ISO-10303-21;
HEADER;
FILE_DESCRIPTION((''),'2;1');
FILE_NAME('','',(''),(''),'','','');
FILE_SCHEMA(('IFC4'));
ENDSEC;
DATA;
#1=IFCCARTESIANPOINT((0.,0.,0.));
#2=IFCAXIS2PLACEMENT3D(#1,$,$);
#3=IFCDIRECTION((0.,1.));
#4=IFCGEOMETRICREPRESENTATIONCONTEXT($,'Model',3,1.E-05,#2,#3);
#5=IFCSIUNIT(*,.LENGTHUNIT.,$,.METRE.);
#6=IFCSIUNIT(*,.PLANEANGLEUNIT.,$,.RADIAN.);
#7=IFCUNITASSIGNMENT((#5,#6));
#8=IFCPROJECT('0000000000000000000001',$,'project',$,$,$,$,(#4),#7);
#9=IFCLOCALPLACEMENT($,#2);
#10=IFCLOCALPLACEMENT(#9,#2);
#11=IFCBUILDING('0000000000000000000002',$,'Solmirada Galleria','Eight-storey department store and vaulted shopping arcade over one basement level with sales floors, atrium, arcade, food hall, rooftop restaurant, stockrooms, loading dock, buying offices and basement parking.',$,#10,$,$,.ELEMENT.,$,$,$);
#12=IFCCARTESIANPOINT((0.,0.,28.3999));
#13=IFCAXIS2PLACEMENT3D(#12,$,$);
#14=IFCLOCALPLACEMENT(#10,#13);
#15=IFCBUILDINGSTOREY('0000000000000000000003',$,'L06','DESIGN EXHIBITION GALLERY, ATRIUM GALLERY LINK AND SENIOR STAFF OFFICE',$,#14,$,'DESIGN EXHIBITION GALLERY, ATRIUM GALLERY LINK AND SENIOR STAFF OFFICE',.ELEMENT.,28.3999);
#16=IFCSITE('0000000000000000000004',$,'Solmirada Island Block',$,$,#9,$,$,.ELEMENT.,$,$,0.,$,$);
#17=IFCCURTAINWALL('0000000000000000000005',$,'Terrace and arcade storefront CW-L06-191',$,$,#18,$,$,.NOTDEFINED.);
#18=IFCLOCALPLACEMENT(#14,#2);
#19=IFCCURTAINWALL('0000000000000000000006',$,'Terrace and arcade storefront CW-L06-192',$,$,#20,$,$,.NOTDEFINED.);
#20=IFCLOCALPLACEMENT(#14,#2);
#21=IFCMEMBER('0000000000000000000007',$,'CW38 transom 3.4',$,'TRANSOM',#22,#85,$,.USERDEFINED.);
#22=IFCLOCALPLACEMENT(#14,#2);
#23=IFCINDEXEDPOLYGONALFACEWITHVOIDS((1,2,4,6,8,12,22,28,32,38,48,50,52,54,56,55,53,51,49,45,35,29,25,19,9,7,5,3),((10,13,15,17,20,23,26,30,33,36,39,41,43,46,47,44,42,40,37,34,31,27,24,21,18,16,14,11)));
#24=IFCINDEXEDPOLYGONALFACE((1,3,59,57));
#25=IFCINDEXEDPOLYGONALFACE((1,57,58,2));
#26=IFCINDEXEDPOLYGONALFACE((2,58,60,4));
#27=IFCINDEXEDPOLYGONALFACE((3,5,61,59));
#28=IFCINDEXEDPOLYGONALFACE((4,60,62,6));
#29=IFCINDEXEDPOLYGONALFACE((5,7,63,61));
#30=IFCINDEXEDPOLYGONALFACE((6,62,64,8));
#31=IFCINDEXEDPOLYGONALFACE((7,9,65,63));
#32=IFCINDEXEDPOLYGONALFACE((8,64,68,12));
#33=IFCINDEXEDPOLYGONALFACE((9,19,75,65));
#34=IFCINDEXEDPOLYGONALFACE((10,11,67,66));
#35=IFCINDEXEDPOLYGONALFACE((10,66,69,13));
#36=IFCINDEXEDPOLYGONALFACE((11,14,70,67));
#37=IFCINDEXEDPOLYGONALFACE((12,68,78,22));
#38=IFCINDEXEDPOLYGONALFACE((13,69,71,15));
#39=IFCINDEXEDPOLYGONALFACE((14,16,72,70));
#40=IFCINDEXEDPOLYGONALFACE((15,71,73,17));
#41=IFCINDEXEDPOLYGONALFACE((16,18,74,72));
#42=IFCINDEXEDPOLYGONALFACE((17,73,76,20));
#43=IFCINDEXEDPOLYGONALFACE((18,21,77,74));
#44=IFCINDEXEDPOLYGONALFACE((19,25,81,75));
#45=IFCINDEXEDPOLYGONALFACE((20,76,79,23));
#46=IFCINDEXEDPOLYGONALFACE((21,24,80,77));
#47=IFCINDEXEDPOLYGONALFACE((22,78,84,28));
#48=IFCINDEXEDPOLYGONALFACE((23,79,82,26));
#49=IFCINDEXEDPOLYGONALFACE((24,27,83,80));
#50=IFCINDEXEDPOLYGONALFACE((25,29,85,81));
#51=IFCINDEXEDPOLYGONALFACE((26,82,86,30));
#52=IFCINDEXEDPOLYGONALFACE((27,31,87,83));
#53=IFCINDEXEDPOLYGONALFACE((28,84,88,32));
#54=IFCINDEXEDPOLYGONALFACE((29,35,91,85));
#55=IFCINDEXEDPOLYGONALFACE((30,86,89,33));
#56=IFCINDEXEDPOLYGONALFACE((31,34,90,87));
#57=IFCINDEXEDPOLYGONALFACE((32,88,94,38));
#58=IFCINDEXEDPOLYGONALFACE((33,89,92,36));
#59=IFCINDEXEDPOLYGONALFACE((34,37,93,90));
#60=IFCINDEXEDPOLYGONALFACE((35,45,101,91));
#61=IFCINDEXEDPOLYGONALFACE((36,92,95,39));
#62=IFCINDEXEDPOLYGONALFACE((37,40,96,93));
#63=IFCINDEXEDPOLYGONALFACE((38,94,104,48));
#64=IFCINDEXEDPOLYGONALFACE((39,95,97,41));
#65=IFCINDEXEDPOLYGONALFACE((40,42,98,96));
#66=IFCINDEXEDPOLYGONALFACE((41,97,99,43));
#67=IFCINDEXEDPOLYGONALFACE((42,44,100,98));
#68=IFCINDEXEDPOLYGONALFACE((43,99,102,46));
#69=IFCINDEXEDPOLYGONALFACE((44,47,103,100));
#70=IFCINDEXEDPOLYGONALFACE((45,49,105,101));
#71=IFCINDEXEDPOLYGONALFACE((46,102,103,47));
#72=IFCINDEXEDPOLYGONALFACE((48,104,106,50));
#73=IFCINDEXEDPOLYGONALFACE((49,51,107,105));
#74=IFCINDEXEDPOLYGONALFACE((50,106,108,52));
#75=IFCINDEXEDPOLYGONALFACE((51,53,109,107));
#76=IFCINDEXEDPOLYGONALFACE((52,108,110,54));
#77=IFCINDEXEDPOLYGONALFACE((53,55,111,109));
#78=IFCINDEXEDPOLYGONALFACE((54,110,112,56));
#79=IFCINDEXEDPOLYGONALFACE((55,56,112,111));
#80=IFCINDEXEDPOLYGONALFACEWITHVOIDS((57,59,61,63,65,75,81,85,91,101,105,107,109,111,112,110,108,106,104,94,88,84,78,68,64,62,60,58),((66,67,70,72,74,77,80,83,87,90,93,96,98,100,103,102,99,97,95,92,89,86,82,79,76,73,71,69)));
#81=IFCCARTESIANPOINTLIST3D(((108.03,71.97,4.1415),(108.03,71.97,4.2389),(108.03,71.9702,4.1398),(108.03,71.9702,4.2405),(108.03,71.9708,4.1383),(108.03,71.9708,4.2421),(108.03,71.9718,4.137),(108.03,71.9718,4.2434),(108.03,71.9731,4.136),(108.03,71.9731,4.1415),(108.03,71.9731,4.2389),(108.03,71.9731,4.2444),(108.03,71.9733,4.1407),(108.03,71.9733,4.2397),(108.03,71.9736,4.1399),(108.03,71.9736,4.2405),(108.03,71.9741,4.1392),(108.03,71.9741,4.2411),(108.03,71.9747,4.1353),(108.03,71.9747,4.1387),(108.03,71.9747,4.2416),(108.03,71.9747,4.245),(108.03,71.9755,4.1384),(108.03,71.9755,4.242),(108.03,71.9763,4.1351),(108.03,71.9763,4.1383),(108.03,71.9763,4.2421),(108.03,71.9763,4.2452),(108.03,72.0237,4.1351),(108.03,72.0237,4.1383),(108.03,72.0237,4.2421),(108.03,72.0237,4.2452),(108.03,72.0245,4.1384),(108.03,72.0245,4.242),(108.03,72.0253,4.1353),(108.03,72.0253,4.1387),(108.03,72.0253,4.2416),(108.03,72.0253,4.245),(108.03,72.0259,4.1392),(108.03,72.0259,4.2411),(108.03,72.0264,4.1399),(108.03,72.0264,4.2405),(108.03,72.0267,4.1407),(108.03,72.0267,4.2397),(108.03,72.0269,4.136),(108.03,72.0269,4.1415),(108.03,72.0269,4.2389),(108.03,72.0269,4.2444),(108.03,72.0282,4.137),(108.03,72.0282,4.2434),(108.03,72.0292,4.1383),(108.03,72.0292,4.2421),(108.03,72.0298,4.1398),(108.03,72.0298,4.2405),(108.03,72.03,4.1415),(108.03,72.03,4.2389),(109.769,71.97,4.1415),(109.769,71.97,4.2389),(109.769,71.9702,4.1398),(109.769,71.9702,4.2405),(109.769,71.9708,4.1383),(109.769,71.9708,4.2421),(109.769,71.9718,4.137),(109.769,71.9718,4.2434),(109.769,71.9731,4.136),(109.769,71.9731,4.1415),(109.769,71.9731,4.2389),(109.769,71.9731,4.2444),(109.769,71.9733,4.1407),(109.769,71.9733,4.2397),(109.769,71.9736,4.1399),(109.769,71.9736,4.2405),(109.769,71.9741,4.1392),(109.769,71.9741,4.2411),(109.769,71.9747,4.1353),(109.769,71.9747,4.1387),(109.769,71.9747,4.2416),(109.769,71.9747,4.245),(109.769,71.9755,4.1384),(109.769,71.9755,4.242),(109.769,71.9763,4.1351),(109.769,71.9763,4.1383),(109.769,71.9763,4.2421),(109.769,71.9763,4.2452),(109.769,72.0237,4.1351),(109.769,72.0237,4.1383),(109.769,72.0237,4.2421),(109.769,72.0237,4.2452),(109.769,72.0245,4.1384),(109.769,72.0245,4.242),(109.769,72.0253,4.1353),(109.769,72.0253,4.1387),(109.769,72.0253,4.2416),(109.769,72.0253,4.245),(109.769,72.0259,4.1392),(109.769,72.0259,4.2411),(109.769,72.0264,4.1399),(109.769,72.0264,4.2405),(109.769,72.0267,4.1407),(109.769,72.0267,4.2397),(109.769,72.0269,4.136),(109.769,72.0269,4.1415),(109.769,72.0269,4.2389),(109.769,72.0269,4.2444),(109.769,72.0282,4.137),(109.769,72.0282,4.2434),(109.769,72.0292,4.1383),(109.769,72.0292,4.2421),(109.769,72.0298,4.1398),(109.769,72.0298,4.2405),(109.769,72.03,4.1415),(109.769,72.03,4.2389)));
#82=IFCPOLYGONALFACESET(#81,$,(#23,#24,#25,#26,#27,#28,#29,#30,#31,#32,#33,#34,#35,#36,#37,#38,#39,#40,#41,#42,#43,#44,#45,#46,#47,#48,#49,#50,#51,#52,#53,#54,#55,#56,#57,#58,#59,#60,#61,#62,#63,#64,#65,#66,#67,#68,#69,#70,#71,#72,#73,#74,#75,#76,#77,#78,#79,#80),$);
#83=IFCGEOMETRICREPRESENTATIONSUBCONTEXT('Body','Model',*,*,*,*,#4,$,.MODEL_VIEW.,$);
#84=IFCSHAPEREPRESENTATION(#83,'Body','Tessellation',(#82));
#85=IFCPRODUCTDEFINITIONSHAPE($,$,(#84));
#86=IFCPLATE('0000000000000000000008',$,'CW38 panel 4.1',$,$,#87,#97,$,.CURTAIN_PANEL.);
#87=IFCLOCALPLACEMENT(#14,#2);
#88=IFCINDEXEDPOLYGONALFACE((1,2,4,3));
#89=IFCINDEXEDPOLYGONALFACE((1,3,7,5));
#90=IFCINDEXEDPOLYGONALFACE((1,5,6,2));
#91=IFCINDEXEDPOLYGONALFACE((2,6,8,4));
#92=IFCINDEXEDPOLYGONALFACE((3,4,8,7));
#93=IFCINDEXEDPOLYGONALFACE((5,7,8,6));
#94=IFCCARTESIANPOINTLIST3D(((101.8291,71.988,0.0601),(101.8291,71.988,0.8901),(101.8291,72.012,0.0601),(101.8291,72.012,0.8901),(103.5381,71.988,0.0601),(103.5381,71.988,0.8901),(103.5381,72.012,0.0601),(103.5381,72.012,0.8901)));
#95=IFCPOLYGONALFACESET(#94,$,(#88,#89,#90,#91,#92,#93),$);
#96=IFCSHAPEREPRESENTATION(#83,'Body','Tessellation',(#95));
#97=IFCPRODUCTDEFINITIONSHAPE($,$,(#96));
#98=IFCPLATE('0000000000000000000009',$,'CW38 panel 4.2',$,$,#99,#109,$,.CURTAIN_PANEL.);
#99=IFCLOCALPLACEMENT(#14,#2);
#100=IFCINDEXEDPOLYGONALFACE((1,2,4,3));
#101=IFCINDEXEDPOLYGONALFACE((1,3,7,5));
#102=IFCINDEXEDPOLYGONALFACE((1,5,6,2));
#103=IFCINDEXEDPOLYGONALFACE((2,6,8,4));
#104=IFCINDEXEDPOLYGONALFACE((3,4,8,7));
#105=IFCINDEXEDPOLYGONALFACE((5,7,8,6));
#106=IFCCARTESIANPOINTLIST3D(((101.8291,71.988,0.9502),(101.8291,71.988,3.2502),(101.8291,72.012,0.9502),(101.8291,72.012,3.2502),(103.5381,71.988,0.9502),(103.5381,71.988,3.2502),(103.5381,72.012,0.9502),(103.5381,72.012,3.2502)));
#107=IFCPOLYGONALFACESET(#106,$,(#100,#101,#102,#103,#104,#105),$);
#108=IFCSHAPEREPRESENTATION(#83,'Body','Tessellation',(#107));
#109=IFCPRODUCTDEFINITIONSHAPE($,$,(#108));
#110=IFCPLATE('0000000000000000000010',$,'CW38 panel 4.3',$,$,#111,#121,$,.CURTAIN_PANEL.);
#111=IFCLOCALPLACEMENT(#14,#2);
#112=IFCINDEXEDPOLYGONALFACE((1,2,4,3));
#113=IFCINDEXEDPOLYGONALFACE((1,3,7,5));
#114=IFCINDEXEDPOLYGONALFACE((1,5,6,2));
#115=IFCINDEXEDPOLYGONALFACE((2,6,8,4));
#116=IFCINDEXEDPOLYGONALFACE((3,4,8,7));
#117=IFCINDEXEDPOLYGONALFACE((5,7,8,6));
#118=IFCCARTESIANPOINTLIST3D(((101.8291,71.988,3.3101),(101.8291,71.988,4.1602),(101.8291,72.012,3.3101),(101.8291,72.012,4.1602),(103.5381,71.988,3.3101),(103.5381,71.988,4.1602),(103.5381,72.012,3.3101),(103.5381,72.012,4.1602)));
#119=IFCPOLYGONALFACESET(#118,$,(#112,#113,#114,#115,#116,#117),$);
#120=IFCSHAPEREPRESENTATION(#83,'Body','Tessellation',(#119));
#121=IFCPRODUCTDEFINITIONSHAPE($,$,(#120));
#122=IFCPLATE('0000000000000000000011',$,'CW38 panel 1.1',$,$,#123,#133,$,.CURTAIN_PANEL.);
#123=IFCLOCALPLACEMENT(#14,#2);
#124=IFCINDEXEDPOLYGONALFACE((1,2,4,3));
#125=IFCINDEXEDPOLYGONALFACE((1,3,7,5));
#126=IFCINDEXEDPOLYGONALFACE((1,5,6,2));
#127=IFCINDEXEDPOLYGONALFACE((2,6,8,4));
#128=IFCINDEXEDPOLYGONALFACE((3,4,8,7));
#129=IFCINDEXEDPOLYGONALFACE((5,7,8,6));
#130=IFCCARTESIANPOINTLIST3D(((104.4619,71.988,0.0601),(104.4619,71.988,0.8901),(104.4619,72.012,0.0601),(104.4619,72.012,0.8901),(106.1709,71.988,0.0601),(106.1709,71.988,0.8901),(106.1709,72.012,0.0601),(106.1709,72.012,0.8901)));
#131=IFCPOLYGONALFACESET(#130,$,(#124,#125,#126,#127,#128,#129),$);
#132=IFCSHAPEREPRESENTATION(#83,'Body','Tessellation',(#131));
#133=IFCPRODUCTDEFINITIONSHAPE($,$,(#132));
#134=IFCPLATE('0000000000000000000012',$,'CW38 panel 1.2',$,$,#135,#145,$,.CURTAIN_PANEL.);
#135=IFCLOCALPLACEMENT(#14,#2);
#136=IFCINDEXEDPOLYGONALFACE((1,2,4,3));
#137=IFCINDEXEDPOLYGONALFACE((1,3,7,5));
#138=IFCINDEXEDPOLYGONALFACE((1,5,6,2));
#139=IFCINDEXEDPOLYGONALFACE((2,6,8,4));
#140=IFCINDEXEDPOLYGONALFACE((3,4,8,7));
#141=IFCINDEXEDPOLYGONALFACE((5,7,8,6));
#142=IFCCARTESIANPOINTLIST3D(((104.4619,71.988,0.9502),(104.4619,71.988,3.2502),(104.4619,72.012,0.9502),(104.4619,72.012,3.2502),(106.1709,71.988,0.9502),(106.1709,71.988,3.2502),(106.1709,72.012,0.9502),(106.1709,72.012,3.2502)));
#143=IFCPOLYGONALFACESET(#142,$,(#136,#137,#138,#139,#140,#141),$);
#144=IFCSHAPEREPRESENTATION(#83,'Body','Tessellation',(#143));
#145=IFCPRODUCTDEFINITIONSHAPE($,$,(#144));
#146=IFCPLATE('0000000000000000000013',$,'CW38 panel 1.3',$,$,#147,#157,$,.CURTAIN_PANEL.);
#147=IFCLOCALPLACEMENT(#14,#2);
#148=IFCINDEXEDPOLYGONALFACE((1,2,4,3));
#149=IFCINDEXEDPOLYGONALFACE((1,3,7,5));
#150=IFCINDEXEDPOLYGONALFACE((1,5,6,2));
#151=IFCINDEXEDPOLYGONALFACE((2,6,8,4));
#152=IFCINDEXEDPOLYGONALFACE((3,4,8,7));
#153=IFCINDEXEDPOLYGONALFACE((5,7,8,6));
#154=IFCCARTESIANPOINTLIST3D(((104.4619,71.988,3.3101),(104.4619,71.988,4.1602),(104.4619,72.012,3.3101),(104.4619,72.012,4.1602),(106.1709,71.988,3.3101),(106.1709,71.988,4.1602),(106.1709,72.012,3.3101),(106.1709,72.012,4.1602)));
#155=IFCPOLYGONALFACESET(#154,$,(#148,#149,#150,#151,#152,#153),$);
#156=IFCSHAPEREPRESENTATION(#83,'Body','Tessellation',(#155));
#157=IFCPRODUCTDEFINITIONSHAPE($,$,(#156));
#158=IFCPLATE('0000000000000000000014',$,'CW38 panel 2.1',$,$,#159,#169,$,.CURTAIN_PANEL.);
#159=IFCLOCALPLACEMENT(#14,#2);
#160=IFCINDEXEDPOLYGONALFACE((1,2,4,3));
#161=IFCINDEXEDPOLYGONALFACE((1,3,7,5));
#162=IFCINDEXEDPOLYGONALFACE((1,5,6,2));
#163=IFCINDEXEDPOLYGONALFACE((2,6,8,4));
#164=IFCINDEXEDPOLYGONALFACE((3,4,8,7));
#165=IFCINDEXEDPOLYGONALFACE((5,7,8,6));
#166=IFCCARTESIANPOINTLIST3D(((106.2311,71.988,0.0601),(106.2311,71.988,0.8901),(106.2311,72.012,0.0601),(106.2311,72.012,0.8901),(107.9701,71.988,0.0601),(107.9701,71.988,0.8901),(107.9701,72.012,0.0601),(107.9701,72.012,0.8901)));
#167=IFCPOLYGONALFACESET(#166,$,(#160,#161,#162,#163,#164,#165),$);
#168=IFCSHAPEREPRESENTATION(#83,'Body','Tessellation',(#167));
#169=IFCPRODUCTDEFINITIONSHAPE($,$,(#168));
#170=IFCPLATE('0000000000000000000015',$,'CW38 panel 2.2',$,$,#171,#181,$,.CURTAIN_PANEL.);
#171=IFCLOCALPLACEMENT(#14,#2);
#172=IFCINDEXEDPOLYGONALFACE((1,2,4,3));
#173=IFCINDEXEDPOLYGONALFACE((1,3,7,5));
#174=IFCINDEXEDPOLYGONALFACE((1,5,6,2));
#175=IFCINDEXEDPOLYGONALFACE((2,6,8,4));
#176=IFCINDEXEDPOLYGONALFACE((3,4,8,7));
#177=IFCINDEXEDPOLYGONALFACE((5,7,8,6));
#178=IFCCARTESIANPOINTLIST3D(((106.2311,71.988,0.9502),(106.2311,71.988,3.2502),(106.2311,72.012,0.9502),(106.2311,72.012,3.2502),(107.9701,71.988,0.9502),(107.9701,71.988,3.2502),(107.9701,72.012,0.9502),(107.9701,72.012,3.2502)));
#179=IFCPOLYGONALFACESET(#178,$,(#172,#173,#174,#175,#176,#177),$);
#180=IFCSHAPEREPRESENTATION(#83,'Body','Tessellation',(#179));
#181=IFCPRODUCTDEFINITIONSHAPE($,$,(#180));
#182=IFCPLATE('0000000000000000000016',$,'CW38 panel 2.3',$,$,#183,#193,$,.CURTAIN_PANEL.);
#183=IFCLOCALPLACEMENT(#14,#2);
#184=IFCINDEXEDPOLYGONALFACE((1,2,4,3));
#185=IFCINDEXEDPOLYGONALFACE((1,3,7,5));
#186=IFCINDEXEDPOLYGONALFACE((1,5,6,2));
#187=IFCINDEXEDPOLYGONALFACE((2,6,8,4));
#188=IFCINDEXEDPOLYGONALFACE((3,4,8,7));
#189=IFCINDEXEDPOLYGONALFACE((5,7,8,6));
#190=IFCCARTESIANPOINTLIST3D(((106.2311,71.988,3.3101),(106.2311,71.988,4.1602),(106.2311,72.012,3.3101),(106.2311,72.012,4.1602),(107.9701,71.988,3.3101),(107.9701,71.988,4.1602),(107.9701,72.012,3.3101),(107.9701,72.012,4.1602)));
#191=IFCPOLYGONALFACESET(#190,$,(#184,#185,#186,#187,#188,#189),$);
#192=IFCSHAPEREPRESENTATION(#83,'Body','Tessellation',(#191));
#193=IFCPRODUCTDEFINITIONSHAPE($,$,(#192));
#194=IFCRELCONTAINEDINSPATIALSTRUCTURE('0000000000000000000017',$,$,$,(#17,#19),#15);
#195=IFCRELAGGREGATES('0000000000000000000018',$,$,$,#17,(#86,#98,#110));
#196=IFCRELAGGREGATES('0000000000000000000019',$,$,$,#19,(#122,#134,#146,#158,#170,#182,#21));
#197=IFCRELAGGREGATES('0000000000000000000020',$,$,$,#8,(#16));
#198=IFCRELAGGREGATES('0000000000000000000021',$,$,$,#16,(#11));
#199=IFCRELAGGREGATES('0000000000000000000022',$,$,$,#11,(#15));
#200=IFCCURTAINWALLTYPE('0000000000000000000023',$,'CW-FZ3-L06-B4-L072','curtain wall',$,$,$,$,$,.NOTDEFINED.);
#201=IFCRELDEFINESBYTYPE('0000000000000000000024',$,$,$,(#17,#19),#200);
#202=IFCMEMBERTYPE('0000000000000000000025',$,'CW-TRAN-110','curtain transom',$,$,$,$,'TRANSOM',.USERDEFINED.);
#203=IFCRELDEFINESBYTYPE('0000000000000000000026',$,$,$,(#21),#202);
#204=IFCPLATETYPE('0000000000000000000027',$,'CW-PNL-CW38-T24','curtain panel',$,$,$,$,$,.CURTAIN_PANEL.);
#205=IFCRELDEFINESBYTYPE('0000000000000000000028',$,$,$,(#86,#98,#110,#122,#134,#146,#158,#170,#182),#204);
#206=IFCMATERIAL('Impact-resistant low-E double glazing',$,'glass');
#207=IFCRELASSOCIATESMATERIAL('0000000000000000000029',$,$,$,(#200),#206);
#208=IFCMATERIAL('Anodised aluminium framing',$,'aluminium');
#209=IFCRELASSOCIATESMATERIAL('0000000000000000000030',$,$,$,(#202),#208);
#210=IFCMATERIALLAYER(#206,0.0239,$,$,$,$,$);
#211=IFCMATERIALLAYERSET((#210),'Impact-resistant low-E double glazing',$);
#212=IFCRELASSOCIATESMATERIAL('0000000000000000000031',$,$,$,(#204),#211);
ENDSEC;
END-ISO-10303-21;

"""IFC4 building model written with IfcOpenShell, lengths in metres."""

from ifc_helpers import new_model, si_unit, direction, frame, origin, origin_2d, place, context, subcontext, project, spatial, rectangle, hollow_rectangle, extrude, material, layer, layer_set, material_profile, profile_set, type_object, element, aggregate, save


model = new_model("IFC4")

# Units and contexts
model_context = context("Model", 3, precision=1e-05, world=origin(), true_north=direction((0.0, 1.0)))
body_context = subcontext(model_context, "Body", "Model", "MODEL_VIEW")
ifc_project = project(units=[si_unit("LENGTHUNIT", "METRE"), si_unit("PLANEANGLEUNIT", "RADIAN")], contexts=[model_context])

# Site, building, storey
site_placement = place(None, origin())
site = spatial("IfcSite", under=ifc_project, at=site_placement, Name="Solmirada Island Block", CompositionType="ELEMENT", RefElevation=0.0)
building_placement = place(site_placement, origin())
building = spatial("IfcBuilding", under=site, at=building_placement, Name="Solmirada Galleria", Description="Eight-storey department store and vaulted shopping arcade over one basement level with sales floors, atrium, arcade, food hall, rooftop restaurant, stockrooms, loading dock, buying offices and basement parking.", CompositionType="ELEMENT")
storey_placement = place(building_placement, frame((0.0, 0.0, 28.3999)))
storey = spatial("IfcBuildingStorey", under=building, at=storey_placement, Name="L06", Description="DESIGN EXHIBITION GALLERY, ATRIUM GALLERY LINK AND SENIOR STAFF OFFICE", LongName="DESIGN EXHIBITION GALLERY, ATRIUM GALLERY LINK AND SENIOR STAFF OFFICE", CompositionType="ELEMENT", Elevation=28.3999)

# Curtain walls
ifc_material_1 = material(Name="Impact-resistant low-E double glazing", Category="glass")
curtain_wall_type = type_object("IfcCurtainWallType", Name="CW-FZ3-L06-B4-L072", Description="curtain wall", PredefinedType="NOTDEFINED", material=ifc_material_1)
curtain_wall_1_placement = place(storey_placement, origin())
curtain_wall_1 = element("IfcCurtainWall", 1, at=curtain_wall_1_placement, inside=storey, type_object=curtain_wall_type, Name="Terrace and arcade storefront CW-L06-191", PredefinedType="NOTDEFINED")
ifc_material_2 = material(Name="Anodised aluminium framing", Category="aluminium")
curtain_wall_2_placement = place(storey_placement, origin())
curtain_wall_2 = element("IfcCurtainWall", 2, at=curtain_wall_2_placement, inside=storey, type_object=curtain_wall_type, Name="Terrace and arcade storefront CW-L06-192", PredefinedType="NOTDEFINED")

# Member
ifc_material_profile_1 = material_profile(ifc_material_2, hollow_rectangle(XDim=0.0601, YDim=0.1101, WallThickness=0.0032, InnerFilletRadius=0.0032, OuterFilletRadius=0.0063, at=origin_2d()), Name="ALU-TRAN-110X60")
ifc_profile_set_1 = profile_set([ifc_material_profile_1], Name="Anodised aluminium framing")
member_type_1 = type_object("IfcMemberType", Name="CW-TRAN-110", Description="curtain transom", ElementType="TRANSOM", PredefinedType="USERDEFINED", material=ifc_profile_set_1)
member_1_placement = place(storey_placement, frame((108.03, 72.0, 4.1902), z_axis=(1.0, 0.0, 0.0), x_axis=(0.0, 1.0, 0.0)))
member_1 = element("IfcMember", 3, at=member_1_placement, type_object=member_type_1, Name="CW38 transom 3.4", ObjectType="TRANSOM", PredefinedType="USERDEFINED", context=body_context, shape_type="SweptSolid", body=[
    extrude(hollow_rectangle(XDim=0.0601, YDim=0.1101, WallThickness=0.0032, InnerFilletRadius=0.0032, OuterFilletRadius=0.0063, at=origin_2d()), origin(), (0.0, 0.0, 1.0), 1.739),
])

# Plates
ifc_layer = layer(ifc_material_1, 0.0239)
ifc_layer_set = layer_set([ifc_layer], Name="Impact-resistant low-E double glazing")
plate_type = type_object("IfcPlateType", Name="CW-PNL-CW38-T24", Description="curtain panel", PredefinedType="CURTAIN_PANEL", material=ifc_layer_set)
plate_1_placement = place(storey_placement, frame((102.6836, 72.0, 0.0601), z_axis=(0.0, 0.0, 1.0), x_axis=(1.0, 0.0, 0.0)))
plate_1 = element("IfcPlate", 4, at=plate_1_placement, type_object=plate_type, Name="CW38 panel 4.1", PredefinedType="CURTAIN_PANEL", context=body_context, shape_type="SweptSolid", body=[
    extrude(rectangle(XDim=1.709, YDim=0.0239, at=origin_2d()), origin(), (0.0, 0.0, 1.0), 0.8301),
])
plate_2_placement = place(storey_placement, frame((102.6836, 72.0, 0.9502), z_axis=(0.0, 0.0, 1.0), x_axis=(1.0, 0.0, 0.0)))
plate_2 = element("IfcPlate", 5, at=plate_2_placement, type_object=plate_type, Name="CW38 panel 4.2", PredefinedType="CURTAIN_PANEL", context=body_context, shape_type="SweptSolid", body=[
    extrude(rectangle(XDim=1.709, YDim=0.0239, at=origin_2d()), origin(), (0.0, 0.0, 1.0), 2.3),
])
plate_3_placement = place(storey_placement, frame((102.6836, 72.0, 3.3101), z_axis=(0.0, 0.0, 1.0), x_axis=(1.0, 0.0, 0.0)))
plate_3 = element("IfcPlate", 6, at=plate_3_placement, type_object=plate_type, Name="CW38 panel 4.3", PredefinedType="CURTAIN_PANEL", context=body_context, shape_type="SweptSolid", body=[
    extrude(rectangle(XDim=1.709, YDim=0.0239, at=origin_2d()), origin(), (0.0, 0.0, 1.0), 0.8501),
])
aggregate(curtain_wall_1, [plate_1, plate_2, plate_3])
plate_4_placement = place(storey_placement, frame((105.3164, 72.0, 0.0601), z_axis=(0.0, 0.0, 1.0), x_axis=(1.0, 0.0, 0.0)))
plate_4 = element("IfcPlate", 7, at=plate_4_placement, type_object=plate_type, Name="CW38 panel 1.1", PredefinedType="CURTAIN_PANEL", context=body_context, shape_type="SweptSolid", body=[
    extrude(rectangle(XDim=1.709, YDim=0.0239, at=origin_2d()), origin(), (0.0, 0.0, 1.0), 0.8301),
])
plate_5_placement = place(storey_placement, frame((105.3164, 72.0, 0.9502), z_axis=(0.0, 0.0, 1.0), x_axis=(1.0, 0.0, 0.0)))
plate_5 = element("IfcPlate", 8, at=plate_5_placement, type_object=plate_type, Name="CW38 panel 1.2", PredefinedType="CURTAIN_PANEL", context=body_context, shape_type="SweptSolid", body=[
    extrude(rectangle(XDim=1.709, YDim=0.0239, at=origin_2d()), origin(), (0.0, 0.0, 1.0), 2.3),
])
plate_6_placement = place(storey_placement, frame((105.3164, 72.0, 3.3101), z_axis=(0.0, 0.0, 1.0), x_axis=(1.0, 0.0, 0.0)))
plate_6 = element("IfcPlate", 9, at=plate_6_placement, type_object=plate_type, Name="CW38 panel 1.3", PredefinedType="CURTAIN_PANEL", context=body_context, shape_type="SweptSolid", body=[
    extrude(rectangle(XDim=1.709, YDim=0.0239, at=origin_2d()), origin(), (0.0, 0.0, 1.0), 0.8501),
])
plate_7_placement = place(storey_placement, frame((107.1006, 72.0, 0.0601), z_axis=(0.0, 0.0, 1.0), x_axis=(1.0, 0.0, 0.0)))
plate_7 = element("IfcPlate", 10, at=plate_7_placement, type_object=plate_type, Name="CW38 panel 2.1", PredefinedType="CURTAIN_PANEL", context=body_context, shape_type="SweptSolid", body=[
    extrude(rectangle(XDim=1.739, YDim=0.0239, at=origin_2d()), origin(), (0.0, 0.0, 1.0), 0.8301),
])
plate_8_placement = place(storey_placement, frame((107.1006, 72.0, 0.9502), z_axis=(0.0, 0.0, 1.0), x_axis=(1.0, 0.0, 0.0)))
plate_8 = element("IfcPlate", 11, at=plate_8_placement, type_object=plate_type, Name="CW38 panel 2.2", PredefinedType="CURTAIN_PANEL", context=body_context, shape_type="SweptSolid", body=[
    extrude(rectangle(XDim=1.739, YDim=0.0239, at=origin_2d()), origin(), (0.0, 0.0, 1.0), 2.3),
])
plate_9_placement = place(storey_placement, frame((107.1006, 72.0, 3.3101), z_axis=(0.0, 0.0, 1.0), x_axis=(1.0, 0.0, 0.0)))
plate_9 = element("IfcPlate", 12, at=plate_9_placement, type_object=plate_type, Name="CW38 panel 2.3", PredefinedType="CURTAIN_PANEL", context=body_context, shape_type="SweptSolid", body=[
    extrude(rectangle(XDim=1.739, YDim=0.0239, at=origin_2d()), origin(), (0.0, 0.0, 1.0), 0.8501),
])
aggregate(curtain_wall_2, [plate_4, plate_5, plate_6, plate_7, plate_8, plate_9, member_1])

save(model, "model.ifc")
